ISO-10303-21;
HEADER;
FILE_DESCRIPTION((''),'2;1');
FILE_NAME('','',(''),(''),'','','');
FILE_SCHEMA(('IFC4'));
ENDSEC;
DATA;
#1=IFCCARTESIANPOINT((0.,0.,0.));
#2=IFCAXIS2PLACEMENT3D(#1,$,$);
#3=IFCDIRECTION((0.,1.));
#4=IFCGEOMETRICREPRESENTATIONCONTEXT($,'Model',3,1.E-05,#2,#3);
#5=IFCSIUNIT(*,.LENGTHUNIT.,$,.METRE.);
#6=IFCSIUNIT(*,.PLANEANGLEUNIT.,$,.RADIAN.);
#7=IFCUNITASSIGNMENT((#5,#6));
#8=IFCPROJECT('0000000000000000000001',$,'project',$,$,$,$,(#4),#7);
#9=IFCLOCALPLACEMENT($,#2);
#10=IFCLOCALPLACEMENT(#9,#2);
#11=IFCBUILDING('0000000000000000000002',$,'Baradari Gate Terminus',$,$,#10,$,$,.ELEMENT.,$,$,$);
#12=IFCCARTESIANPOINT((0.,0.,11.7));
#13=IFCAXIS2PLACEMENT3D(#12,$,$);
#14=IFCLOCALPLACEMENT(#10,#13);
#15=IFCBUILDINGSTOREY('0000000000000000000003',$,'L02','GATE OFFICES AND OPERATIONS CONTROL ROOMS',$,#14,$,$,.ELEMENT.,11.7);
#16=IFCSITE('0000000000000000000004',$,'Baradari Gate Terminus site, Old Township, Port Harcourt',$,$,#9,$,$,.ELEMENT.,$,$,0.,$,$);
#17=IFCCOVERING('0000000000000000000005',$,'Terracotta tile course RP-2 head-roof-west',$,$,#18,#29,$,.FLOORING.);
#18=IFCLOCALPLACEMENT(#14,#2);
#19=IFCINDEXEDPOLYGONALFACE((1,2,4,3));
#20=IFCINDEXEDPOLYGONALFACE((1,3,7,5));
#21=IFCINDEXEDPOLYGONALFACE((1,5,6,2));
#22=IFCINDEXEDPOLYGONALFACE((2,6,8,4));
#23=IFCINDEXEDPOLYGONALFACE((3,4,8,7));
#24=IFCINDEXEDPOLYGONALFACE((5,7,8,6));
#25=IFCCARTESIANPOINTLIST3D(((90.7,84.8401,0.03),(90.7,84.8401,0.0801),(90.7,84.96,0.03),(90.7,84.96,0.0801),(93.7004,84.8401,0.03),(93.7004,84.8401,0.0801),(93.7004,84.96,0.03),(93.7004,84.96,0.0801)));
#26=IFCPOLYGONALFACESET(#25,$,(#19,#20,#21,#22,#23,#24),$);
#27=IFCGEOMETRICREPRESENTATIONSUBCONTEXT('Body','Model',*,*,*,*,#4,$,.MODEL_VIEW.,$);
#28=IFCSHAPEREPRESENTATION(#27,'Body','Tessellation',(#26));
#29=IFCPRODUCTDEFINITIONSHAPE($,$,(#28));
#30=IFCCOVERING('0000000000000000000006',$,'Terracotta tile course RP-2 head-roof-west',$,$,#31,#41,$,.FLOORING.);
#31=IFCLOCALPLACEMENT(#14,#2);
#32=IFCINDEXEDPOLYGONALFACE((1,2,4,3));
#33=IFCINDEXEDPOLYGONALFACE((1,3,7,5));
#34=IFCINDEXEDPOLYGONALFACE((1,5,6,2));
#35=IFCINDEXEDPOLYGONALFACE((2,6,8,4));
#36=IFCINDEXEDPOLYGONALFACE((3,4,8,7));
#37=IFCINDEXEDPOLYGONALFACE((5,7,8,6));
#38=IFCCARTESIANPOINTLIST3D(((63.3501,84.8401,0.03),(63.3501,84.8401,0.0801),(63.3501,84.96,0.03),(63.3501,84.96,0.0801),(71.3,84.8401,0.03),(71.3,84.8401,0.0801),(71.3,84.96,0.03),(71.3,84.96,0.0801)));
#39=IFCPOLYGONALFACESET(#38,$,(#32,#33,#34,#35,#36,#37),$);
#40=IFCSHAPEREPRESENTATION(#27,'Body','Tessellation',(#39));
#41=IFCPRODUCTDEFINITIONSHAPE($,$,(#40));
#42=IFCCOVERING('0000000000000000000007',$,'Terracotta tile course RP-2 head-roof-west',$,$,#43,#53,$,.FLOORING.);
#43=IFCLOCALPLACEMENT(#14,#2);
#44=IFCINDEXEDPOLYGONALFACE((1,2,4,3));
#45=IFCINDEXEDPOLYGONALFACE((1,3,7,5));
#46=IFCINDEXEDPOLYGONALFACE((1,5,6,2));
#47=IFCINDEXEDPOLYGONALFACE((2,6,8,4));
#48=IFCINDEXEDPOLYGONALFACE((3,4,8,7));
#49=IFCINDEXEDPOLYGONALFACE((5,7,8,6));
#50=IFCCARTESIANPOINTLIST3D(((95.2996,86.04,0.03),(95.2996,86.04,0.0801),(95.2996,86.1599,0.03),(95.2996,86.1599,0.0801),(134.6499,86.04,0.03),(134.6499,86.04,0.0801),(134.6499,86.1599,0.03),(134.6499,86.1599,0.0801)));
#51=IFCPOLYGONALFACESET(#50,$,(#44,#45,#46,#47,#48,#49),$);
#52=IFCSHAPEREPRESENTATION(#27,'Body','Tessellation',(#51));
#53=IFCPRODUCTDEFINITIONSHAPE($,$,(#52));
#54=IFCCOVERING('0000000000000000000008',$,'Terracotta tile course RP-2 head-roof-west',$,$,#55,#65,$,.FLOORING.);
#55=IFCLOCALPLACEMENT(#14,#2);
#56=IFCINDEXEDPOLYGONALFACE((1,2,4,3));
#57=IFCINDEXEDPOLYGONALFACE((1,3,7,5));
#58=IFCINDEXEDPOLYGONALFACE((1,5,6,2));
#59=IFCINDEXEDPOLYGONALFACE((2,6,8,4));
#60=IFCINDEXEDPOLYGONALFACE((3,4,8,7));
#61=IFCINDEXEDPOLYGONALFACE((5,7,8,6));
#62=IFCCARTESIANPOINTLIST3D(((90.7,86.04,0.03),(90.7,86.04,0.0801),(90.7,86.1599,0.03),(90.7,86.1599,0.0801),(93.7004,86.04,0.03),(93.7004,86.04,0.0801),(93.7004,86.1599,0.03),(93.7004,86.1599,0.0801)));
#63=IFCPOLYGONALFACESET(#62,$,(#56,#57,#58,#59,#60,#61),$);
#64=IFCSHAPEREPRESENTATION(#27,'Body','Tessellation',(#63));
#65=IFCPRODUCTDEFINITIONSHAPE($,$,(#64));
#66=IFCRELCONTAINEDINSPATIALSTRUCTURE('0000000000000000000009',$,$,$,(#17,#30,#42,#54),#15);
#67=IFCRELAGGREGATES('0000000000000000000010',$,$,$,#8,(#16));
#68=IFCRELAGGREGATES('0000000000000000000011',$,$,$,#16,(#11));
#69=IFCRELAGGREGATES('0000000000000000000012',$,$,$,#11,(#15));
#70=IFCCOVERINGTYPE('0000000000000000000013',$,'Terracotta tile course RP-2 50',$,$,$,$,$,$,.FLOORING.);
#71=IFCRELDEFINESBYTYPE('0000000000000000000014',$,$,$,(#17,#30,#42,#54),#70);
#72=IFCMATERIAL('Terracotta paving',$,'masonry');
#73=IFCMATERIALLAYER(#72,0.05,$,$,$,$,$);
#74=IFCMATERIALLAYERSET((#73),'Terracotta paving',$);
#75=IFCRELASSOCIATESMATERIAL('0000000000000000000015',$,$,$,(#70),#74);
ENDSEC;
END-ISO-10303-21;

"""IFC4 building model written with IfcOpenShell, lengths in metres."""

from ifc_helpers import new_model, si_unit, direction, frame, origin, place, context, subcontext, project, spatial, polyline, outline, extrude, material, layer, layer_set, type_object, element, save


model = new_model("IFC4")

# Units and contexts
model_context = context("Model", 3, precision=1e-05, world=origin(), true_north=direction((0.0, 1.0)))
body_context = subcontext(model_context, "Body", "Model", "MODEL_VIEW")
ifc_project = project(units=[si_unit("LENGTHUNIT", "METRE"), si_unit("PLANEANGLEUNIT", "RADIAN")], contexts=[model_context])

# Site, building, storey
site_placement = place(None, origin())
site = spatial("IfcSite", under=ifc_project, at=site_placement, Name="Baradari Gate Terminus site, Old Township, Port Harcourt", CompositionType="ELEMENT", RefElevation=0.0)
building_placement = place(site_placement, origin())
building = spatial("IfcBuilding", under=site, at=building_placement, Name="Baradari Gate Terminus", CompositionType="ELEMENT")
storey_placement = place(building_placement, frame((0.0, 0.0, 11.7)))
storey = spatial("IfcBuildingStorey", under=building, at=storey_placement, Name="L02", Description="GATE OFFICES AND OPERATIONS CONTROL ROOMS", CompositionType="ELEMENT", Elevation=11.7)

# Coverings
ifc_material_1 = material(Name="Terracotta paving", Category="masonry")
ifc_layer_1 = layer(ifc_material_1, 0.05)
ifc_layer_set_1 = layer_set([ifc_layer_1], Name="Terracotta paving")
covering_type_1 = type_object("IfcCoveringType", Name="Terracotta tile course RP-2 50", PredefinedType="FLOORING", material=ifc_layer_set_1)
covering_1_placement = place(storey_placement, frame((0.0, 0.0, 0.03)))
element("IfcCovering", 1, at=covering_1_placement, inside=storey, type_object=covering_type_1, Name="Terracotta tile course RP-2 head-roof-west", PredefinedType="FLOORING", context=body_context, shape_type="SweptSolid", body=[
    extrude(outline(polyline([(93.7004, 84.8401), (93.7004, 84.96), (90.7, 84.96), (90.7, 84.8401), (93.7004, 84.8401)])), origin(), (0.0, 0.0, 1.0), 0.05),
])
covering_2_placement = place(storey_placement, frame((0.0, 0.0, 0.03)))
element("IfcCovering", 2, at=covering_2_placement, inside=storey, type_object=covering_type_1, Name="Terracotta tile course RP-2 head-roof-west", PredefinedType="FLOORING", context=body_context, shape_type="SweptSolid", body=[
    extrude(outline(polyline([(71.3, 84.8401), (71.3, 84.96), (63.3501, 84.96), (63.3501, 84.8401), (71.3, 84.8401)])), origin(), (0.0, 0.0, 1.0), 0.05),
])
covering_3_placement = place(storey_placement, frame((0.0, 0.0, 0.03)))
element("IfcCovering", 3, at=covering_3_placement, inside=storey, type_object=covering_type_1, Name="Terracotta tile course RP-2 head-roof-west", PredefinedType="FLOORING", context=body_context, shape_type="SweptSolid", body=[
    extrude(outline(polyline([(134.6499, 86.04), (134.6499, 86.1599), (95.2996, 86.1599), (95.2996, 86.04), (134.6499, 86.04)])), origin(), (0.0, 0.0, 1.0), 0.05),
])
covering_4_placement = place(storey_placement, frame((0.0, 0.0, 0.03)))
element("IfcCovering", 4, at=covering_4_placement, inside=storey, type_object=covering_type_1, Name="Terracotta tile course RP-2 head-roof-west", PredefinedType="FLOORING", context=body_context, shape_type="SweptSolid", body=[
    extrude(outline(polyline([(93.7004, 86.04), (93.7004, 86.1599), (90.7, 86.1599), (90.7, 86.04), (93.7004, 86.04)])), origin(), (0.0, 0.0, 1.0), 0.05),
])

save(model, "model.ifc")
